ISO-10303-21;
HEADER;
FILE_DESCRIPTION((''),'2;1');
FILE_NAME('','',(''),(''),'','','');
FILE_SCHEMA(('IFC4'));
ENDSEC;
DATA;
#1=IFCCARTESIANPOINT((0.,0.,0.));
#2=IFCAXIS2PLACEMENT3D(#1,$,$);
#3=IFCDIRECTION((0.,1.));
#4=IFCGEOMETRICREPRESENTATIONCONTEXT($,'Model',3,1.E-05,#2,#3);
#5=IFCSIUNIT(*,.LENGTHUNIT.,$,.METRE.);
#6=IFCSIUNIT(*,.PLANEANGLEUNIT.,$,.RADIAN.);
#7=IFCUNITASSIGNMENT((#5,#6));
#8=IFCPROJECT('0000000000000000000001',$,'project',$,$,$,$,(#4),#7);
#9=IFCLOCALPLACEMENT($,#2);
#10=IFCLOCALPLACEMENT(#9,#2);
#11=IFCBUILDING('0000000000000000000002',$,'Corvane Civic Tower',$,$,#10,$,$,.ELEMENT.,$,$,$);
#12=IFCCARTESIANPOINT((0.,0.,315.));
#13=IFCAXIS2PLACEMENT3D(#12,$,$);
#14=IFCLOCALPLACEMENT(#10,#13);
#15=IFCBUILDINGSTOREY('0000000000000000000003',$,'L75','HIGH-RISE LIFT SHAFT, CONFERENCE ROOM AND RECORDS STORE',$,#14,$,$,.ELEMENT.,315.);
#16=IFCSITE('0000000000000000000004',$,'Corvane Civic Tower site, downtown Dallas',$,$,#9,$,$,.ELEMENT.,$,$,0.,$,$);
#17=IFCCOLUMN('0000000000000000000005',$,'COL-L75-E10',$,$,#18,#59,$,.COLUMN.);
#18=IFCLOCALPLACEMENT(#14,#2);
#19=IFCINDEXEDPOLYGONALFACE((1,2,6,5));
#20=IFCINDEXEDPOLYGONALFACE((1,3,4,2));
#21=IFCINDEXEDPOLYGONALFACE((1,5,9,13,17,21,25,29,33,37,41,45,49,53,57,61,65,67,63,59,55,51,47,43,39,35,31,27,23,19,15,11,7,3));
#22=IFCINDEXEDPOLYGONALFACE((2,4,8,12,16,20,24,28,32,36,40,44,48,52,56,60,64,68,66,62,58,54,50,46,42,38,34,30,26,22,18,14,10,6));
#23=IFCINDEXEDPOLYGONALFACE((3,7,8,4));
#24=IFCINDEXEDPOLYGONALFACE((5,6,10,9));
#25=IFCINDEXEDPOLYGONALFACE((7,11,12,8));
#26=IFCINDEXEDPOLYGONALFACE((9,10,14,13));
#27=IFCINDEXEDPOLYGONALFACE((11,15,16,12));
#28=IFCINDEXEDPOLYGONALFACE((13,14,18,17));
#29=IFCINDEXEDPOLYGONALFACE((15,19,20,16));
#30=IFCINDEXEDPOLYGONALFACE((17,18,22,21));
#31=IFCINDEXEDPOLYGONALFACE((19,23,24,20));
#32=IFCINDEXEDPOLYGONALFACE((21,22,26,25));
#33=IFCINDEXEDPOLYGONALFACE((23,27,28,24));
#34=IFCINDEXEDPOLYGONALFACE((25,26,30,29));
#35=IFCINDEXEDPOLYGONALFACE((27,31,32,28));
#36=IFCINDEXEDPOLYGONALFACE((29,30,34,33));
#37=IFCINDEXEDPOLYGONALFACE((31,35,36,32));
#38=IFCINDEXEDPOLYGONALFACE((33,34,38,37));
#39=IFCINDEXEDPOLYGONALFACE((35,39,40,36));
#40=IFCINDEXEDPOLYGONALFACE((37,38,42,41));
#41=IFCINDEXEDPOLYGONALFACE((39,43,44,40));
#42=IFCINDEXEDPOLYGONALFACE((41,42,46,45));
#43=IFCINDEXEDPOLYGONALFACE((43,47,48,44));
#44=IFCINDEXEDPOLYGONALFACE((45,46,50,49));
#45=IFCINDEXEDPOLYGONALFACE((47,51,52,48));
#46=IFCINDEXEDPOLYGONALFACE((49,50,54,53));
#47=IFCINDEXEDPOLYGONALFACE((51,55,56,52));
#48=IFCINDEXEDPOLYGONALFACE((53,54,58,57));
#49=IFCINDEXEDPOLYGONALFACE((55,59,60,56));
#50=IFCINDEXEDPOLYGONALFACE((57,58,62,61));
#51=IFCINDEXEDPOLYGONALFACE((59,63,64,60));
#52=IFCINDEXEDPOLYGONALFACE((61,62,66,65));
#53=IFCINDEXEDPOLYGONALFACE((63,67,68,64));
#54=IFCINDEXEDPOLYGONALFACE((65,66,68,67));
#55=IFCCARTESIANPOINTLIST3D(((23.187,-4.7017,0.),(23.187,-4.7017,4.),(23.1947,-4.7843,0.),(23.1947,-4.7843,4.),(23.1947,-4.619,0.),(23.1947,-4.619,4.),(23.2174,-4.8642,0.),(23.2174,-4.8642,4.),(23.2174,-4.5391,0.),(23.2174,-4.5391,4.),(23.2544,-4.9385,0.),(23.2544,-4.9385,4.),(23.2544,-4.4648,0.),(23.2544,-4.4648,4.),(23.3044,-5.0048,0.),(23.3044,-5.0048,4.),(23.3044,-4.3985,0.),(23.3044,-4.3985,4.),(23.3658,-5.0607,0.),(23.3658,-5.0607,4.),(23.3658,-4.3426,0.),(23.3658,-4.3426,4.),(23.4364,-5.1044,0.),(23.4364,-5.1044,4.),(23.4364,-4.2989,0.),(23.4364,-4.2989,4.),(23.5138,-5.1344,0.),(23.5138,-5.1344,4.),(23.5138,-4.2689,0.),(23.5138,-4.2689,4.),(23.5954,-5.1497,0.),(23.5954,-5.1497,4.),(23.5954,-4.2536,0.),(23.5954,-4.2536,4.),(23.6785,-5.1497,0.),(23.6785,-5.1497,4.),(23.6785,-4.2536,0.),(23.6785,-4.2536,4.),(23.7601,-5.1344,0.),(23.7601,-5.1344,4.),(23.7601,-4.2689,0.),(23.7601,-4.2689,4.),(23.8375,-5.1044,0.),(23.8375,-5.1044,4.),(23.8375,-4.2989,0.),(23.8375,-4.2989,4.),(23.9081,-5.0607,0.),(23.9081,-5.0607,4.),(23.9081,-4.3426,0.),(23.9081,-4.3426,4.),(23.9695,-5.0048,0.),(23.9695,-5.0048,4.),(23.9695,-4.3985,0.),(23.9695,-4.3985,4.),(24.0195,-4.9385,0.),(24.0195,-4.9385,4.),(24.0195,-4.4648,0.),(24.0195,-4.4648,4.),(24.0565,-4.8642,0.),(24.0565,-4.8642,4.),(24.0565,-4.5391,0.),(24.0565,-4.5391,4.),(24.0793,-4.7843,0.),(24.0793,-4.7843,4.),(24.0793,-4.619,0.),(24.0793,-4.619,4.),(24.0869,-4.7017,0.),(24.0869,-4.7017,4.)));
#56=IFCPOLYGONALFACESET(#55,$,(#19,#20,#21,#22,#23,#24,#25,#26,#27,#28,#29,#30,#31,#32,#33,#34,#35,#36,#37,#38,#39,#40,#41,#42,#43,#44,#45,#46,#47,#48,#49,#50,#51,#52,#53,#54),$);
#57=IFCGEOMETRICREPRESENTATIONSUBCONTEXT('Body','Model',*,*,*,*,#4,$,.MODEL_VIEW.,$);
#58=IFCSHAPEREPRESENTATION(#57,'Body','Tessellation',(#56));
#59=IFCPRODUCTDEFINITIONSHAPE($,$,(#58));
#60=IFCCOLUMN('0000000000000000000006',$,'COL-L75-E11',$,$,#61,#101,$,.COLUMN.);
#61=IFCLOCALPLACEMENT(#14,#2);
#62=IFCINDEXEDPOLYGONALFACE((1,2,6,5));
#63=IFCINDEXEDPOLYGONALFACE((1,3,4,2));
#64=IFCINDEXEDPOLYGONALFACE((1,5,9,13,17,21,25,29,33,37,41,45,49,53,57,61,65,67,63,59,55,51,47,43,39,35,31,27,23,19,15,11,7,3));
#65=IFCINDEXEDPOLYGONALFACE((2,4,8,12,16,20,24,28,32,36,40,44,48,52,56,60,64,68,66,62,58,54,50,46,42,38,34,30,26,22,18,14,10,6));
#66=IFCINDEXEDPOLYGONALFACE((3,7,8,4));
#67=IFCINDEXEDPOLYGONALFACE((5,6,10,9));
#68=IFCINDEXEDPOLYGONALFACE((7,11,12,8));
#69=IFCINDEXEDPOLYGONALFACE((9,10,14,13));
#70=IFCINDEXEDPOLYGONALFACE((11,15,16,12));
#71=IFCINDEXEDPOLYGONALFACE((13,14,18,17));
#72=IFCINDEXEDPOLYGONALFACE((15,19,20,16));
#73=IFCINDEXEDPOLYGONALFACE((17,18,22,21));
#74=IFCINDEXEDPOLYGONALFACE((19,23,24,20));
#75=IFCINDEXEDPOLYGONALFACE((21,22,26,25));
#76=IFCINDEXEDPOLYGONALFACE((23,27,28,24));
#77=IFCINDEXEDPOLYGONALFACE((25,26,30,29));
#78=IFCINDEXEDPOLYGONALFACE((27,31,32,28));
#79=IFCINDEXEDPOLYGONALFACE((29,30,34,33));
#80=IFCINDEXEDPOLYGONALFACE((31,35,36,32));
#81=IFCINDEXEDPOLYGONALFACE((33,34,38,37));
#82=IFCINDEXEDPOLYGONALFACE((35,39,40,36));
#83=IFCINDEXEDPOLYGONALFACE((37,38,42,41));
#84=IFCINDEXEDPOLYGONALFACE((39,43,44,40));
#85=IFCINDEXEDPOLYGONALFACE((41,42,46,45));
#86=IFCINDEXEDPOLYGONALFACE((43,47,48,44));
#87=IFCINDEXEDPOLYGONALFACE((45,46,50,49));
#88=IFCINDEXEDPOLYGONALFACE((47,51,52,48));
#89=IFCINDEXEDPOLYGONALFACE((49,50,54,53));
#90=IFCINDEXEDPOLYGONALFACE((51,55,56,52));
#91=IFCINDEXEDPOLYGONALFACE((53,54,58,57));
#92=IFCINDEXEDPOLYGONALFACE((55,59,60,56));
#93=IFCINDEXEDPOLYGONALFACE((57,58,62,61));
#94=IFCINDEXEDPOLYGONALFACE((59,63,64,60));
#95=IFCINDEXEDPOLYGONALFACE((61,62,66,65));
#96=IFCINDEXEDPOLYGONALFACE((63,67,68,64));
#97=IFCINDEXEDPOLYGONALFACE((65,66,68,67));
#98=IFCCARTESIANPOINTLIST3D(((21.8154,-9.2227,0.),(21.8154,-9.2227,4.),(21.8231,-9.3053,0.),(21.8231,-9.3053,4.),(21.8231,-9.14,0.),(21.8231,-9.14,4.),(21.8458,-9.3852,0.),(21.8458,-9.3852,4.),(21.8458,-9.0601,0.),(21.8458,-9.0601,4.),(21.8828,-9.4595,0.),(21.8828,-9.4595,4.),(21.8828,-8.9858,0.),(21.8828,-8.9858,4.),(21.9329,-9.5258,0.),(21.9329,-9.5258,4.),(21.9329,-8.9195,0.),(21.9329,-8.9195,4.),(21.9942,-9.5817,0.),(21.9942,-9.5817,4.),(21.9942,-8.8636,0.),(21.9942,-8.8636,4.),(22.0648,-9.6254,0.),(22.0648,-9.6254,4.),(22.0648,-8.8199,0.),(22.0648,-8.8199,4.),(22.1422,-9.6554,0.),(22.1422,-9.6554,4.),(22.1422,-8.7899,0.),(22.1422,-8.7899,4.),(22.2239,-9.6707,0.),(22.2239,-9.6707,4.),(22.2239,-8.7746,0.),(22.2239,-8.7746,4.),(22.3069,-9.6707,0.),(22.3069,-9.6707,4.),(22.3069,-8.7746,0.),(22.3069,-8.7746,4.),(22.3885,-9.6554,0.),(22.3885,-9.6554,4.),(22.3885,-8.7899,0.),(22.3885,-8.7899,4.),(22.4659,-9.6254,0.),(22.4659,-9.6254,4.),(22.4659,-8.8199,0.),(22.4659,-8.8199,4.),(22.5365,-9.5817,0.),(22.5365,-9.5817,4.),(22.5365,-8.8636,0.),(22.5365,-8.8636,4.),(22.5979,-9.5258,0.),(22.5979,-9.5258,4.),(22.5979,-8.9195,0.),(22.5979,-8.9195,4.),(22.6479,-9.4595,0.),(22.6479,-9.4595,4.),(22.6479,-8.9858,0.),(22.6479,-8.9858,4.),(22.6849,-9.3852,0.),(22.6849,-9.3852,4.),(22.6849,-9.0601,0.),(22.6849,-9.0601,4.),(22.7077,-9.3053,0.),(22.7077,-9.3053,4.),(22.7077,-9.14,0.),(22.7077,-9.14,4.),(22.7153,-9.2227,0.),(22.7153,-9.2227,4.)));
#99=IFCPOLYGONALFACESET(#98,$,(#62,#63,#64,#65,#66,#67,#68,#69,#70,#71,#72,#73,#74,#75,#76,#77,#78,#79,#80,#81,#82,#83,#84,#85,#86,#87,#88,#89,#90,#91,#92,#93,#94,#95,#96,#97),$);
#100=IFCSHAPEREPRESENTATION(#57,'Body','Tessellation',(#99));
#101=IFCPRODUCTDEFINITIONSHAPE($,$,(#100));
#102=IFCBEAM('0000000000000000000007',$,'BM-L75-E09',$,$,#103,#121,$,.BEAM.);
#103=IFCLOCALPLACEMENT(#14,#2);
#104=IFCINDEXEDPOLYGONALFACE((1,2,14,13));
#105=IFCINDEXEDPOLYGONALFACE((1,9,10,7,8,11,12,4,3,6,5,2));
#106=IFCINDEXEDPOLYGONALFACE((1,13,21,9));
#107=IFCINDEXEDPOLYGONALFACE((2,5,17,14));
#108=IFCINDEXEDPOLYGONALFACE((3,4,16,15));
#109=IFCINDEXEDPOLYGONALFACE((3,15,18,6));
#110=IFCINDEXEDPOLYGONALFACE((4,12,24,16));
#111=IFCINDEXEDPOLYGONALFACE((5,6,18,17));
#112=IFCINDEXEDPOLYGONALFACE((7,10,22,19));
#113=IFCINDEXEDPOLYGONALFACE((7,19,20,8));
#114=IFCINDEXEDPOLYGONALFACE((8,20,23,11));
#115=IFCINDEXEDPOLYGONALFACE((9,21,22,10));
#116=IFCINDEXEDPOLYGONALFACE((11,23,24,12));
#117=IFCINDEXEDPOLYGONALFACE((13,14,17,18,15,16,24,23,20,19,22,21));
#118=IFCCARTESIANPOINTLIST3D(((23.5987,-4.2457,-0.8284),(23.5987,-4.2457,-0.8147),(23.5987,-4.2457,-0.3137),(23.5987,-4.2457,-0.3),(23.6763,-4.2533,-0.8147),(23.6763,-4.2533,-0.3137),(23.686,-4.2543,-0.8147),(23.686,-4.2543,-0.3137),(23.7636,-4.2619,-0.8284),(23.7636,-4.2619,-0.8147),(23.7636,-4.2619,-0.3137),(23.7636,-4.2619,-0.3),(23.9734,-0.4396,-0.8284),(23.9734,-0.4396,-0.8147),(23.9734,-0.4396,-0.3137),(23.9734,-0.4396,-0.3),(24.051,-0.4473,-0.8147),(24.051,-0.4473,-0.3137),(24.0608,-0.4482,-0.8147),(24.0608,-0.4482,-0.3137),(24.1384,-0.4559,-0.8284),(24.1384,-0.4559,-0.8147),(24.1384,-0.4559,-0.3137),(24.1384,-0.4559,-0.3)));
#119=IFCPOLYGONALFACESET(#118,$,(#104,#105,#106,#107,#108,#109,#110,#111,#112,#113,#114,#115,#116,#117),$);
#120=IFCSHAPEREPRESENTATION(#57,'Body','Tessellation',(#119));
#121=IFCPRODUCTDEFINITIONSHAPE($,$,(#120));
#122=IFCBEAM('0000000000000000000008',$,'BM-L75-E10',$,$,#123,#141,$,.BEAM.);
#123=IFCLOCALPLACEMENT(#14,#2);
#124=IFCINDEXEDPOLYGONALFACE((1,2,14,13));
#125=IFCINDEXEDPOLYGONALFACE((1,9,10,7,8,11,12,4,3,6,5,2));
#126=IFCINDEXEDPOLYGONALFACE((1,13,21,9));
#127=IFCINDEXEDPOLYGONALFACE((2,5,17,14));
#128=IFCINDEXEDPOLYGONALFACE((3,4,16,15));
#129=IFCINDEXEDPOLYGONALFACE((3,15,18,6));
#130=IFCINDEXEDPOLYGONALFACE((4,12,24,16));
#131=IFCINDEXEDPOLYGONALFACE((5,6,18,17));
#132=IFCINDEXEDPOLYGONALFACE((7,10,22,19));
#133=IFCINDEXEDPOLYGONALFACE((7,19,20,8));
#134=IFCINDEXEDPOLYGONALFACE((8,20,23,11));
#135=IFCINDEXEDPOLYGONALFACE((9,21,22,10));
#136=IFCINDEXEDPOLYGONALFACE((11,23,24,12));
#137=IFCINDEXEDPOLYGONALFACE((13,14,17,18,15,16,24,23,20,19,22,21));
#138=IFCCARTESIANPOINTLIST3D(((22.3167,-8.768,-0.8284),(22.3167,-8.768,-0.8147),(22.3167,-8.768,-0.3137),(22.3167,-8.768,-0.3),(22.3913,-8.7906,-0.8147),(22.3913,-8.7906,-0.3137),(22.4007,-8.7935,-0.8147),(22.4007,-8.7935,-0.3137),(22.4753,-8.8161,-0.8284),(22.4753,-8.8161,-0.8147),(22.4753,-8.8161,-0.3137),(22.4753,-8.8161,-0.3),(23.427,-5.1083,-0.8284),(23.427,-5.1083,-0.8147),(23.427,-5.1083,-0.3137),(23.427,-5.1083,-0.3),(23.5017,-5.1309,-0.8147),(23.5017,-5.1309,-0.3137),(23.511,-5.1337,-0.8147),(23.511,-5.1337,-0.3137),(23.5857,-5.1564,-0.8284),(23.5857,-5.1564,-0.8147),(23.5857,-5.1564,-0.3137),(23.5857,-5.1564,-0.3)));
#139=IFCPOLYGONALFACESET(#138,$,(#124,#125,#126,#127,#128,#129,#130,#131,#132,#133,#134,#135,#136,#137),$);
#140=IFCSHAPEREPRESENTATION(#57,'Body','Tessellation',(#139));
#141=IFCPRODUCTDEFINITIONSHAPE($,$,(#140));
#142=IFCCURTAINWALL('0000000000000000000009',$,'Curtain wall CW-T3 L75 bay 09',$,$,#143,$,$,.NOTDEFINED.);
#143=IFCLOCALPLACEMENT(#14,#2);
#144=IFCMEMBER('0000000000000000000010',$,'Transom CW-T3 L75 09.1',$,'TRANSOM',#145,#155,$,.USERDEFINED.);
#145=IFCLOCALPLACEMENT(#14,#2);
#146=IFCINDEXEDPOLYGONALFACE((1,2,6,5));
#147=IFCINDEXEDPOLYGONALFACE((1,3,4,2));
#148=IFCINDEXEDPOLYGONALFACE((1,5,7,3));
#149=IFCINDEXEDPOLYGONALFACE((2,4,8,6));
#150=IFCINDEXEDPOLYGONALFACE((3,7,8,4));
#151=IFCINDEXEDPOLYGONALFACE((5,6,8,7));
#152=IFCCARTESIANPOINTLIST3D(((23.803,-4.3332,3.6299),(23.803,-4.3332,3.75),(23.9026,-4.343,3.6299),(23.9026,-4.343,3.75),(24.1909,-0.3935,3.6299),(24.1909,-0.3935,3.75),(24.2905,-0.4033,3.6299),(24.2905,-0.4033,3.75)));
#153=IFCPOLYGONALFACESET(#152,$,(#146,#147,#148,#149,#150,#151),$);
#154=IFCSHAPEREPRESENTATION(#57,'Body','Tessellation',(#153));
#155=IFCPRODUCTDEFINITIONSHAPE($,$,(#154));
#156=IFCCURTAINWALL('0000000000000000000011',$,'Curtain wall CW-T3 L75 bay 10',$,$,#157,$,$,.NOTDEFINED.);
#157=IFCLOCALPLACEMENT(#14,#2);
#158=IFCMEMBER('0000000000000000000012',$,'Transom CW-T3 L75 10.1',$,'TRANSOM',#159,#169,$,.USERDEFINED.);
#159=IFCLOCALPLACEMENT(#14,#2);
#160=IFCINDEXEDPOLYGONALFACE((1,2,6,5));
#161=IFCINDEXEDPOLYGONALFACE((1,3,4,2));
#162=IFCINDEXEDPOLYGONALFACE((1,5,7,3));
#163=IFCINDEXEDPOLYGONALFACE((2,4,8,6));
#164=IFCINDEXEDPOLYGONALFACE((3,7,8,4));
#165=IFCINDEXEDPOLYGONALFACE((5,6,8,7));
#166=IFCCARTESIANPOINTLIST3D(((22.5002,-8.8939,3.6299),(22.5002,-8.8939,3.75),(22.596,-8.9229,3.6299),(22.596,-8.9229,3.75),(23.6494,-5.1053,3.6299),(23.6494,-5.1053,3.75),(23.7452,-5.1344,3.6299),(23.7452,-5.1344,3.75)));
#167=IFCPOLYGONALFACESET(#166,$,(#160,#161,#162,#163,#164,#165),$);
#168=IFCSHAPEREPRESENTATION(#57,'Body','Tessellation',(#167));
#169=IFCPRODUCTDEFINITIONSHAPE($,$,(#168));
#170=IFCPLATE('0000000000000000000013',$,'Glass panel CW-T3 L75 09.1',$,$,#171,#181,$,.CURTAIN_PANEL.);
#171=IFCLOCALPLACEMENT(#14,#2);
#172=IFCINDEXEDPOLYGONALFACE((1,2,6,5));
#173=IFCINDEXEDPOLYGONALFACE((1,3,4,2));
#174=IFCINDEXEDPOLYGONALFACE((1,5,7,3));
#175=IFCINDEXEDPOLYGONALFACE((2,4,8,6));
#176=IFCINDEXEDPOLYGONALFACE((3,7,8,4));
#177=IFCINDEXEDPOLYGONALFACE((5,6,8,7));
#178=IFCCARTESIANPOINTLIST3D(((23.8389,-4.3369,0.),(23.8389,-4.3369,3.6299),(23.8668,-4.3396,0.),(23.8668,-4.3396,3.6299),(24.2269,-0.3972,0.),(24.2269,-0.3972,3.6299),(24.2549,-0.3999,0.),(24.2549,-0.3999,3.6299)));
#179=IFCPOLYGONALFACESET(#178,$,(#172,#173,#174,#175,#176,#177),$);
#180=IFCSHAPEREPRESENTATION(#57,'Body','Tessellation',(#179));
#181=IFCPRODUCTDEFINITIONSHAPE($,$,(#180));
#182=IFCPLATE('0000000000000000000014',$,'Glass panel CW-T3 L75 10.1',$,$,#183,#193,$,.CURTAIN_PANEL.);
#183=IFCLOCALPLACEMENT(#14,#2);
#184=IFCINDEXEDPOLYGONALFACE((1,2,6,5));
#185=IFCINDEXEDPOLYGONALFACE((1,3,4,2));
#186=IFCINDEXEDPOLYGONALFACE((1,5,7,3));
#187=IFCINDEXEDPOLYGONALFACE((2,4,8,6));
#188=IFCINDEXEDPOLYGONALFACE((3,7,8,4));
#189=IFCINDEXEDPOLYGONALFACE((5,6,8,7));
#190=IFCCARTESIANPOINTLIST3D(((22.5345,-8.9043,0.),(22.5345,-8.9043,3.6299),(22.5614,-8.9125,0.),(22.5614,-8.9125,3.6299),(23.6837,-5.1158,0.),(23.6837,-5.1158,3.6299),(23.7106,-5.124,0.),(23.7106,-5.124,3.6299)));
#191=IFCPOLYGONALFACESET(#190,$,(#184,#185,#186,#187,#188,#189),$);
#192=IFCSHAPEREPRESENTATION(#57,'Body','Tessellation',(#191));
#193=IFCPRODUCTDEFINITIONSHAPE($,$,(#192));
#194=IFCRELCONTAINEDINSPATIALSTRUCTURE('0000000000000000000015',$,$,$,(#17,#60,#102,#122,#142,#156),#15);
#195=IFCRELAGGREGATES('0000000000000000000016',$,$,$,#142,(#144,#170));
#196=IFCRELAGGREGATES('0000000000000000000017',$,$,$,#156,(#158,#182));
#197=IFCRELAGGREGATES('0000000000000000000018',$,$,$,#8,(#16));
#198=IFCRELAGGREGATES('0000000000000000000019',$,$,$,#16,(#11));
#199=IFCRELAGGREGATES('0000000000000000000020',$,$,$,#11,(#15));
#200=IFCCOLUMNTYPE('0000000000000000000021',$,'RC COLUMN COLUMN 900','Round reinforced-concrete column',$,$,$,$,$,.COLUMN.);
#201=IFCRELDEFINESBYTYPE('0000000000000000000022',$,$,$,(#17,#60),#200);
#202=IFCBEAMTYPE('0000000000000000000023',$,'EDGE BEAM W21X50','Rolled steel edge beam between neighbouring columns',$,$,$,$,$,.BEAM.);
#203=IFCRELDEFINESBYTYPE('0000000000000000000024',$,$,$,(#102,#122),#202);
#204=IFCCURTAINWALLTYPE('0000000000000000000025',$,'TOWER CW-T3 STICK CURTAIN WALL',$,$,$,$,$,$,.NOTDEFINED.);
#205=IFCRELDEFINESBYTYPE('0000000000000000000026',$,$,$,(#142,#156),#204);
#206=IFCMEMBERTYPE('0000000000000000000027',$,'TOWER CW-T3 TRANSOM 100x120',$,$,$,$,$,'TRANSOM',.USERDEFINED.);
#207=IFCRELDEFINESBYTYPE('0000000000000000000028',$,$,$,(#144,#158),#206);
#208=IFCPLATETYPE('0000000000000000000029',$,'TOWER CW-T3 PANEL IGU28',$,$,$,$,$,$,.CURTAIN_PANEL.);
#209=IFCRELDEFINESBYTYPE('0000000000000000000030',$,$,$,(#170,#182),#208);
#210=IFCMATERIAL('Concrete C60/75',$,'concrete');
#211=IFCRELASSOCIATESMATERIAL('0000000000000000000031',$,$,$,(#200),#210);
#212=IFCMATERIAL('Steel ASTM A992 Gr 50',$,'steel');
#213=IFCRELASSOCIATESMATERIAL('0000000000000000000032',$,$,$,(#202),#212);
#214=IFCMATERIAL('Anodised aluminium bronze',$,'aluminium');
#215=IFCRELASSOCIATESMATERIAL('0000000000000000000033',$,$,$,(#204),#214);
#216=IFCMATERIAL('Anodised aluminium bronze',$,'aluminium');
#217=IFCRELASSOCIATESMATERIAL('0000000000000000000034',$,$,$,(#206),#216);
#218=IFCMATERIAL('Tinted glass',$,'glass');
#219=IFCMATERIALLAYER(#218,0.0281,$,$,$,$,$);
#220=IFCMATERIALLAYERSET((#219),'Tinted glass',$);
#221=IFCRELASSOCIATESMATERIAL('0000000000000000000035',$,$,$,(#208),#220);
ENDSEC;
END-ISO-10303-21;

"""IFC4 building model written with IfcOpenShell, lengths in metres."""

from ifc_helpers import new_model, si_unit, direction, frame, origin, origin_2d, place, context, subcontext, project, spatial, rectangle, circle, i_section, extrude, material, layer, layer_set, material_profile, profile_set, type_object, element, aggregate, save


model = new_model("IFC4")

# Units and contexts
model_context = context("Model", 3, precision=1e-05, world=origin(), true_north=direction((0.0, 1.0)))
body_context = subcontext(model_context, "Body", "Model", "MODEL_VIEW")
ifc_project = project(units=[si_unit("LENGTHUNIT", "METRE"), si_unit("PLANEANGLEUNIT", "RADIAN")], contexts=[model_context])

# Site, building, storey
site_placement = place(None, origin())
site = spatial("IfcSite", under=ifc_project, at=site_placement, Name="Corvane Civic Tower site, downtown Dallas", CompositionType="ELEMENT", RefElevation=0.0)
building_placement = place(site_placement, origin())
building = spatial("IfcBuilding", under=site, at=building_placement, Name="Corvane Civic Tower", CompositionType="ELEMENT")
storey_placement = place(building_placement, frame((0.0, 0.0, 315.0)))
storey = spatial("IfcBuildingStorey", under=building, at=storey_placement, Name="L75", Description="HIGH-RISE LIFT SHAFT, CONFERENCE ROOM AND RECORDS STORE", CompositionType="ELEMENT", Elevation=315.0)

# Columns
ifc_material_1 = material(Name="Concrete C60/75", Category="concrete")
ifc_material_profile_1 = material_profile(ifc_material_1, circle(Radius=0.45, at=origin_2d()), Name="COLUMN 900")
ifc_profile_set_1 = profile_set([ifc_material_profile_1], Name="Concrete C60/75")
column_type = type_object("IfcColumnType", Name="RC COLUMN COLUMN 900", Description="Round reinforced-concrete column", PredefinedType="COLUMN", material=ifc_profile_set_1)
for number, where, z_axis, x_axis, name in (
    (1, (23.637, -4.7017, 0.0), (0.0, 0.0, 1.0), (1.0, 0.0, 0.0), "COL-L75-E10"),
    (2, (22.2654, -9.2227, 0.0), (0.0, 0.0, 1.0), (1.0, 0.0, 0.0), "COL-L75-E11"),
):
    element("IfcColumn", number, at=place(storey_placement, frame(where, z_axis=z_axis, x_axis=x_axis)), inside=storey, type_object=column_type, Name=name, PredefinedType="COLUMN", context=body_context, shape_type="SweptSolid", body=[
        extrude(circle(Radius=0.45, at=origin_2d()), origin(), (0.0, 0.0, 1.0), 4.0),
    ])

# Beams
ifc_material_2 = material(Name="Steel ASTM A992 Gr 50", Category="steel")
ifc_material_profile_2 = material_profile(ifc_material_2, i_section(OverallWidth=0.1658, OverallDepth=0.5283, WebThickness=0.0098, FlangeThickness=0.0137, at=origin_2d()), Name="W21X50")
ifc_profile_set_2 = profile_set([ifc_material_profile_2], Name="Steel ASTM A992 Gr 50")
beam_type = type_object("IfcBeamType", Name="EDGE BEAM W21X50", Description="Rolled steel edge beam between neighbouring columns", PredefinedType="BEAM", material=ifc_profile_set_2)
for number, where, z_axis, x_axis, name in (
    (3, (24.0559, -0.4478, -0.5642), (-0.097987, -0.995188, 0.0), (0.995188, -0.097987, 0.0), "BM-L75-E09"),
    (4, (23.5063, -5.1323, -0.5642), (-0.290333, -0.956926, 0.0), (0.956926, -0.290333, 0.0), "BM-L75-E10"),
):
    element("IfcBeam", number, at=place(storey_placement, frame(where, z_axis=z_axis, x_axis=x_axis)), inside=storey, type_object=beam_type, Name=name, PredefinedType="BEAM", context=body_context, shape_type="SweptSolid", body=[
        extrude(i_section(OverallWidth=0.1658, OverallDepth=0.5283, WebThickness=0.0098, FlangeThickness=0.0137, at=origin_2d()), origin(), (0.0, 0.0, 1.0), 3.8245),
    ])

# Curtain walls, members
ifc_material_3 = material(Name="Anodised aluminium bronze", Category="aluminium")
curtain_wall_type = type_object("IfcCurtainWallType", Name="TOWER CW-T3 STICK CURTAIN WALL", PredefinedType="NOTDEFINED", material=ifc_material_3)
curtain_wall_1_placement = place(storey_placement, origin())
curtain_wall_1 = element("IfcCurtainWall", 5, at=curtain_wall_1_placement, inside=storey, type_object=curtain_wall_type, Name="Curtain wall CW-T3 L75 bay 09", PredefinedType="NOTDEFINED")
ifc_material_4 = material(Name="Anodised aluminium bronze", Category="aluminium")
ifc_material_profile_3 = material_profile(ifc_material_4, rectangle(XDim=0.1001, YDim=0.1201, at=origin_2d()), Name="TOWER CW-T3 TRANSOM 100x120")
ifc_profile_set_3 = profile_set([ifc_material_profile_3], Name="Anodised aluminium bronze")
member_type = type_object("IfcMemberType", Name="TOWER CW-T3 TRANSOM 100x120", ElementType="TRANSOM", PredefinedType="USERDEFINED", material=ifc_profile_set_3)
member_1_placement = place(storey_placement, frame((24.2407, -0.3984, 3.6899), z_axis=(-0.097995, -0.995187, 0.0), x_axis=(0.995187, -0.097995, 0.0)))
member_1 = element("IfcMember", 6, at=member_1_placement, type_object=member_type, Name="Transom CW-T3 L75 09.1", ObjectType="TRANSOM", PredefinedType="USERDEFINED", context=body_context, shape_type="SweptSolid", body=[
    extrude(rectangle(XDim=0.1001, YDim=0.1201, at=origin_2d()), origin(), (0.0, 0.0, 1.0), 3.9587),
])
curtain_wall_2_placement = place(storey_placement, origin())
curtain_wall_2 = element("IfcCurtainWall", 7, at=curtain_wall_2_placement, inside=storey, type_object=curtain_wall_type, Name="Curtain wall CW-T3 L75 bay 10", PredefinedType="NOTDEFINED")
member_2_placement = place(storey_placement, frame((23.6973, -5.1199, 3.6899), z_axis=(-0.290266, -0.956946, 0.0), x_axis=(0.956946, -0.290266, 0.0)))
member_2 = element("IfcMember", 8, at=member_2_placement, type_object=member_type, Name="Transom CW-T3 L75 10.1", ObjectType="TRANSOM", PredefinedType="USERDEFINED", context=body_context, shape_type="SweptSolid", body=[
    extrude(rectangle(XDim=0.1001, YDim=0.1201, at=origin_2d()), origin(), (0.0, 0.0, 1.0), 3.959),
])

# Plates
ifc_material_5 = material(Name="Tinted glass", Category="glass")
ifc_layer_1 = layer(ifc_material_5, 0.0281)
ifc_layer_set_1 = layer_set([ifc_layer_1], Name="Tinted glass")
plate_type = type_object("IfcPlateType", Name="TOWER CW-T3 PANEL IGU28", PredefinedType="CURTAIN_PANEL", material=ifc_layer_set_1)
plate_1_placement = place(storey_placement, frame((24.0469, -2.3684, 0.0), z_axis=(0.0, 0.0, 1.0), x_axis=(-0.098021, -0.995184, 0.0)))
plate_1 = element("IfcPlate", 9, at=plate_1_placement, type_object=plate_type, Name="Glass panel CW-T3 L75 09.1", PredefinedType="CURTAIN_PANEL", context=body_context, shape_type="SweptSolid", body=[
    extrude(rectangle(XDim=3.9587, YDim=0.0281, at=origin_2d()), origin(), (0.0, 0.0, 1.0), 3.6299),
])
aggregate(curtain_wall_1, [member_1, plate_1])
plate_2_placement = place(storey_placement, frame((23.1226, -7.0142, 0.0), z_axis=(0.0, 0.0, 1.0), x_axis=(-0.290274, -0.956944, 0.0)))
plate_2 = element("IfcPlate", 10, at=plate_2_placement, type_object=plate_type, Name="Glass panel CW-T3 L75 10.1", PredefinedType="CURTAIN_PANEL", context=body_context, shape_type="SweptSolid", body=[
    extrude(rectangle(XDim=3.959, YDim=0.0281, at=origin_2d()), origin(), (0.0, 0.0, 1.0), 3.6299),
])
aggregate(curtain_wall_2, [member_2, plate_2])

save(model, "model.ifc")
